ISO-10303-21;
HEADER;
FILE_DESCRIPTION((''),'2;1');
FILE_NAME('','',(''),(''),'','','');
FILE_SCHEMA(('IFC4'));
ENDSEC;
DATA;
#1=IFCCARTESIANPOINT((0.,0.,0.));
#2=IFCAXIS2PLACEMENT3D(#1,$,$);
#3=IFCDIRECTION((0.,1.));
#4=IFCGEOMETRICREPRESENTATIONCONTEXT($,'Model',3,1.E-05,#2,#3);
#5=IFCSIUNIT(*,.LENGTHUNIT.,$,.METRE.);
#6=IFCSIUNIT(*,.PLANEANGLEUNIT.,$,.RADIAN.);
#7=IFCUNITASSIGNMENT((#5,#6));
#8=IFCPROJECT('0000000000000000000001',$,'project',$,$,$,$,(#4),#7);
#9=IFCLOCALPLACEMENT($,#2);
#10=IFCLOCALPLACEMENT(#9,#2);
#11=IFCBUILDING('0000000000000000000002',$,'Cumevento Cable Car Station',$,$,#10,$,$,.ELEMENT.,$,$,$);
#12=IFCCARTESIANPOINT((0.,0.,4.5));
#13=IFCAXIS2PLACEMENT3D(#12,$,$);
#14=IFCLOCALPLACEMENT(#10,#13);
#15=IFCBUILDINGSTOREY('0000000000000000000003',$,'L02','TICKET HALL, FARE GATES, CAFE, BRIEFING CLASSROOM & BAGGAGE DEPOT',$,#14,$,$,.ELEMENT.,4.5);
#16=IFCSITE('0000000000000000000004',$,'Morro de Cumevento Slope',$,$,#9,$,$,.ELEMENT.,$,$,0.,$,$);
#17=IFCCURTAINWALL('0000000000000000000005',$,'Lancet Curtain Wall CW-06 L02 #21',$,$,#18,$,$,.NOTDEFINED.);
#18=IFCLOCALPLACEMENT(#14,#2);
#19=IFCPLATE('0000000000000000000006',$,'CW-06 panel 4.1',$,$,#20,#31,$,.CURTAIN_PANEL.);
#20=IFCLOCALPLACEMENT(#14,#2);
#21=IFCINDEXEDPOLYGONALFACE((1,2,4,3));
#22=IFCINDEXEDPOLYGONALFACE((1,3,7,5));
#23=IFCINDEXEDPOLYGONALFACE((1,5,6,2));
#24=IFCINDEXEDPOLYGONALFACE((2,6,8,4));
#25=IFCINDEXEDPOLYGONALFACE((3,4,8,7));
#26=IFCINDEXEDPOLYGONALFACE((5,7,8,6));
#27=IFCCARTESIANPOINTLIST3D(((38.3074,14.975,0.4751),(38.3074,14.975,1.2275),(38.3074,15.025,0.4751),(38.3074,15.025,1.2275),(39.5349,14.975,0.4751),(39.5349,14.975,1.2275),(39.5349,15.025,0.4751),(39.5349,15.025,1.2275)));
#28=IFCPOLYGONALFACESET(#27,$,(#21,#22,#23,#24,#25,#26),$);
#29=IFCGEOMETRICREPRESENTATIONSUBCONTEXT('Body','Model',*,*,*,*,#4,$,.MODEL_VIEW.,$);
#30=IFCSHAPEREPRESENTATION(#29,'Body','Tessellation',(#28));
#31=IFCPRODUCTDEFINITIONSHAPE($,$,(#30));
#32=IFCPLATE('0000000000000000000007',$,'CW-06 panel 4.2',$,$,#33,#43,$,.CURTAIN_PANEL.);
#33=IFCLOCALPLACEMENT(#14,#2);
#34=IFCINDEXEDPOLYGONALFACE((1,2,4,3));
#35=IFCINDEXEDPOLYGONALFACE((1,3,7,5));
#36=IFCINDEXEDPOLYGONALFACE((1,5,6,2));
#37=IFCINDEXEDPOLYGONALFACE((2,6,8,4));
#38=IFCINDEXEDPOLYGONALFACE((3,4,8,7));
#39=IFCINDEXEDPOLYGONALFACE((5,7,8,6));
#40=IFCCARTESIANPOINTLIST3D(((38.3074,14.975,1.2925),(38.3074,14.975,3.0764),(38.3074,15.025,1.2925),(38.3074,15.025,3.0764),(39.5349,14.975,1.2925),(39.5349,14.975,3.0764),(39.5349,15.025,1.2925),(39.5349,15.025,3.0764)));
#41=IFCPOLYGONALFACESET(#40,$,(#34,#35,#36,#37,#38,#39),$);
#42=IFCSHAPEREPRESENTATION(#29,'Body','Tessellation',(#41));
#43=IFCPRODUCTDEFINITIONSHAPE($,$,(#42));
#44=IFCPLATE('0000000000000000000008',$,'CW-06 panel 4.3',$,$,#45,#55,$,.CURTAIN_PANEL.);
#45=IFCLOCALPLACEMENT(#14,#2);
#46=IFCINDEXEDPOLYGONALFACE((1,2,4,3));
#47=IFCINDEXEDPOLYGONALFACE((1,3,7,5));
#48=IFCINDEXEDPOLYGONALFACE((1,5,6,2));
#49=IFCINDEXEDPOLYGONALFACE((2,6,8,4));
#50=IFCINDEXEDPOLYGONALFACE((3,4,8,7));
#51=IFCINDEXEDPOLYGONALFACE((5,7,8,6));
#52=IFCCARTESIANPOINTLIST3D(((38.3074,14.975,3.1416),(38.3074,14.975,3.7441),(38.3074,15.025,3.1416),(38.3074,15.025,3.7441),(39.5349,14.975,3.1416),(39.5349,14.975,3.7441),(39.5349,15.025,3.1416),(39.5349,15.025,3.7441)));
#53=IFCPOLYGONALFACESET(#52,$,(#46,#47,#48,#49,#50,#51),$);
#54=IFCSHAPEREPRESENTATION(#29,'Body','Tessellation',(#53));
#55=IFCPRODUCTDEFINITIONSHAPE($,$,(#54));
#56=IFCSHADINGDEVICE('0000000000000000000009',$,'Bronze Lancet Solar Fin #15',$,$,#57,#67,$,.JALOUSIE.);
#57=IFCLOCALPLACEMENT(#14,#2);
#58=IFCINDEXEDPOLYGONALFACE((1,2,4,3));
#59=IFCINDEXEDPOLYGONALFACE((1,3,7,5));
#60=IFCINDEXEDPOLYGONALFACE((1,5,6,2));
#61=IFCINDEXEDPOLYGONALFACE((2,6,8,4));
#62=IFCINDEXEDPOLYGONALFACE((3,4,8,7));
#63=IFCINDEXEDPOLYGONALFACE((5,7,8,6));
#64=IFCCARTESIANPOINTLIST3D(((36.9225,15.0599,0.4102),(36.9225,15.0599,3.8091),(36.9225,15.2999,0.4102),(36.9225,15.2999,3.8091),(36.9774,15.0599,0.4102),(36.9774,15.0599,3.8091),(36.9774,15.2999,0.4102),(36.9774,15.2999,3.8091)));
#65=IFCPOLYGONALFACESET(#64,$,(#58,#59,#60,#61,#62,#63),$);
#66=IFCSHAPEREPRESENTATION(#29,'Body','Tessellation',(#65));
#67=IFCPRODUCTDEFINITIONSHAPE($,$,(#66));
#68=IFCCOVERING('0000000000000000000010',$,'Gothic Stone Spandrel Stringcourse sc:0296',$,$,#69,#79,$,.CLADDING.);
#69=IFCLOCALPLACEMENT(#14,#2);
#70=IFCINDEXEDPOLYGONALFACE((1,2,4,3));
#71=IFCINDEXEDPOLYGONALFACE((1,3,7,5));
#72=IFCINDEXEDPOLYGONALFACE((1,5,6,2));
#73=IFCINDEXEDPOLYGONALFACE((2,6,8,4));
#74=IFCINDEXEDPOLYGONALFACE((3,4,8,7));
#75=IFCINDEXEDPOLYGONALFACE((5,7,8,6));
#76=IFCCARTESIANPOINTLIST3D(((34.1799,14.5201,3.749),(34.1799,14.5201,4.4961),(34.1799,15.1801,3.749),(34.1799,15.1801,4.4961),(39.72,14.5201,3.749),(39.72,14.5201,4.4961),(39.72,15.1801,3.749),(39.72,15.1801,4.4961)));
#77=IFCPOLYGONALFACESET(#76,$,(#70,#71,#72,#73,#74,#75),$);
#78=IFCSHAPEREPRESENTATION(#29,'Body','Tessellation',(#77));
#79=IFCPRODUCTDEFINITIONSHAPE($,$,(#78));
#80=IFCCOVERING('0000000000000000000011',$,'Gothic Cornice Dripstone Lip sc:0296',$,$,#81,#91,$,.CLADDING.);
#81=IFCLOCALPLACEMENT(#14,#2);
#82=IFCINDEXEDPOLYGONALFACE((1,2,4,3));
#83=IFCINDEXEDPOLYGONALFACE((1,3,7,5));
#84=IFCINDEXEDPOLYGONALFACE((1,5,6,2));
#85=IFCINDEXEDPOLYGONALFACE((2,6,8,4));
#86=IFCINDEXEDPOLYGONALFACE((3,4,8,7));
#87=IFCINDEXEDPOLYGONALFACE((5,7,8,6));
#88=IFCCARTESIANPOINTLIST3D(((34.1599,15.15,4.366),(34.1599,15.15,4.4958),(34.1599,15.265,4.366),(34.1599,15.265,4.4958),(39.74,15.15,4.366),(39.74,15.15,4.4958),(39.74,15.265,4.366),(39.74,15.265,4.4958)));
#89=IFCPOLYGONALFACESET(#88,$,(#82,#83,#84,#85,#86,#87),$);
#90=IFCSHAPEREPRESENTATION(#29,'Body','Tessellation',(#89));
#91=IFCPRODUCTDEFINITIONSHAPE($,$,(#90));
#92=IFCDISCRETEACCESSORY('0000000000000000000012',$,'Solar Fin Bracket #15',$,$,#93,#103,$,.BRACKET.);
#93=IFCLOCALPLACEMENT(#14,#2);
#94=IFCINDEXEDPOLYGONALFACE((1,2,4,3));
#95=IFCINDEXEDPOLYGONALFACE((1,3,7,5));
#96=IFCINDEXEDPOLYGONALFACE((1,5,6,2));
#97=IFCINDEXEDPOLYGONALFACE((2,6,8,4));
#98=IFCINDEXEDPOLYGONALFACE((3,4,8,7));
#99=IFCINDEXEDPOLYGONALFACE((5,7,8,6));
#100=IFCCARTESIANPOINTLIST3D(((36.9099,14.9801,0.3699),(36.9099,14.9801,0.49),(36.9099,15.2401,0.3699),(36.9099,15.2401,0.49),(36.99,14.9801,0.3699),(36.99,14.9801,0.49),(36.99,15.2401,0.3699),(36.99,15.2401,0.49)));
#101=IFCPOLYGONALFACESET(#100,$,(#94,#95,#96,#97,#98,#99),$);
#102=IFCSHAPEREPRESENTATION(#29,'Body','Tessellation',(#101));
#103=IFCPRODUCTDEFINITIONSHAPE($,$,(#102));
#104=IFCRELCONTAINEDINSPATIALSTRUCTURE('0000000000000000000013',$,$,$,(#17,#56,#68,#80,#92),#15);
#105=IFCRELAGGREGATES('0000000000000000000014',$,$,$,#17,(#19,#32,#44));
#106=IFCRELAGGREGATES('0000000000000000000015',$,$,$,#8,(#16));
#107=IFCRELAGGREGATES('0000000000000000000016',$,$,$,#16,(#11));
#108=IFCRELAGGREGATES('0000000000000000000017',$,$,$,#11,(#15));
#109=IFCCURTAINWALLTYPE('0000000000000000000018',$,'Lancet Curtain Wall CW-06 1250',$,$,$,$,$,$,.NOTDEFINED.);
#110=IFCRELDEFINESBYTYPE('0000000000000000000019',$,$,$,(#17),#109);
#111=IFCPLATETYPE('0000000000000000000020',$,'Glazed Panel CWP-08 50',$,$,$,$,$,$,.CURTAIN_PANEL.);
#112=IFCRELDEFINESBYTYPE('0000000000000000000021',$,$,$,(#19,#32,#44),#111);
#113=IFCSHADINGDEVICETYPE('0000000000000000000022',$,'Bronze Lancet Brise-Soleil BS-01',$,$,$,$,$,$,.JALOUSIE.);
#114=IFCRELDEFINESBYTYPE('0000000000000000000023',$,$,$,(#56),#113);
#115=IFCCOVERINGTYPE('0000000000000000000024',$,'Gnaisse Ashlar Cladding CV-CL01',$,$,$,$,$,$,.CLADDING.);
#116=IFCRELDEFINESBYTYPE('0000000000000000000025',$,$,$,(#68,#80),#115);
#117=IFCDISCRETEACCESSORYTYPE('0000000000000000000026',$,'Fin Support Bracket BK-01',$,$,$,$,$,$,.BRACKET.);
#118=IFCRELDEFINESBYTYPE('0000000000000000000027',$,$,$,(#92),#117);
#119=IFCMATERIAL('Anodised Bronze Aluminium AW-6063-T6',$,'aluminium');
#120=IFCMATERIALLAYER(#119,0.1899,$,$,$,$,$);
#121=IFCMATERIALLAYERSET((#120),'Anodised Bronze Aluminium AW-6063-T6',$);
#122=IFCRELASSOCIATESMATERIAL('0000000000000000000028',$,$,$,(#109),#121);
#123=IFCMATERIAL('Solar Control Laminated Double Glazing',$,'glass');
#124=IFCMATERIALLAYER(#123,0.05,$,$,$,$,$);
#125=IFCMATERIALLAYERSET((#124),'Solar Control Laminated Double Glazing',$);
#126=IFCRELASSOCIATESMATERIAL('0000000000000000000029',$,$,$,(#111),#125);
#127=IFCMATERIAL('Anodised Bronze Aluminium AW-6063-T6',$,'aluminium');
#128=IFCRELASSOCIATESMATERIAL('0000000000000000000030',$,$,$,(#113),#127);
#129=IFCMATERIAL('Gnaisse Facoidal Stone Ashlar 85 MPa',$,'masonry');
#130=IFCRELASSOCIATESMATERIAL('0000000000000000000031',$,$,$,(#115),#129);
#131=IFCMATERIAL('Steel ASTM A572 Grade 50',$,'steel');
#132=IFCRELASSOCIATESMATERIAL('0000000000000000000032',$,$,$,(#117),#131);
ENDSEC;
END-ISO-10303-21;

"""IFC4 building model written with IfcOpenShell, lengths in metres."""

from ifc_helpers import new_model, si_unit, direction, frame, origin, origin_2d, place, context, subcontext, project, spatial, rectangle, extrude, material, layer, layer_set, type_object, element, aggregate, save


model = new_model("IFC4")

# Units and contexts
model_context = context("Model", 3, precision=1e-05, world=origin(), true_north=direction((0.0, 1.0)))
body_context = subcontext(model_context, "Body", "Model", "MODEL_VIEW")
ifc_project = project(units=[si_unit("LENGTHUNIT", "METRE"), si_unit("PLANEANGLEUNIT", "RADIAN")], contexts=[model_context])

# Site, building, storey
site_placement = place(None, origin())
site = spatial("IfcSite", under=ifc_project, at=site_placement, Name="Morro de Cumevento Slope", CompositionType="ELEMENT", RefElevation=0.0)
building_placement = place(site_placement, origin())
building = spatial("IfcBuilding", under=site, at=building_placement, Name="Cumevento Cable Car Station", CompositionType="ELEMENT")
storey_placement = place(building_placement, frame((0.0, 0.0, 4.5)))
storey = spatial("IfcBuildingStorey", under=building, at=storey_placement, Name="L02", Description="TICKET HALL, FARE GATES, CAFE, BRIEFING CLASSROOM & BAGGAGE DEPOT", CompositionType="ELEMENT", Elevation=4.5)

# Curtain wall, plates
ifc_material_1 = material(Name="Anodised Bronze Aluminium AW-6063-T6", Category="aluminium")
ifc_layer_1 = layer(ifc_material_1, 0.1899)
ifc_layer_set_1 = layer_set([ifc_layer_1], Name="Anodised Bronze Aluminium AW-6063-T6")
curtain_wall_type = type_object("IfcCurtainWallType", Name="Lancet Curtain Wall CW-06 1250", PredefinedType="NOTDEFINED", material=ifc_layer_set_1)
curtain_wall_placement = place(storey_placement, origin())
curtain_wall = element("IfcCurtainWall", 1, at=curtain_wall_placement, inside=storey, type_object=curtain_wall_type, Name="Lancet Curtain Wall CW-06 L02 #21", PredefinedType="NOTDEFINED")
ifc_material_2 = material(Name="Solar Control Laminated Double Glazing", Category="glass")
ifc_layer_2 = layer(ifc_material_2, 0.05)
ifc_layer_set_2 = layer_set([ifc_layer_2], Name="Solar Control Laminated Double Glazing")
plate_type = type_object("IfcPlateType", Name="Glazed Panel CWP-08 50", PredefinedType="CURTAIN_PANEL", material=ifc_layer_set_2)
plate_1_placement = place(storey_placement, frame((38.9211, 15.0, 0.4751), z_axis=(0.0, 0.0, 1.0), x_axis=(1.0, 0.0, 0.0)))
plate_1 = element("IfcPlate", 2, at=plate_1_placement, type_object=plate_type, Name="CW-06 panel 4.1", PredefinedType="CURTAIN_PANEL", context=body_context, shape_type="SweptSolid", body=[
    extrude(rectangle(XDim=1.2275, YDim=0.05, at=origin_2d()), origin(), (0.0, 0.0, 1.0), 0.7524),
])
plate_2_placement = place(storey_placement, frame((38.9211, 15.0, 1.2925), z_axis=(0.0, 0.0, 1.0), x_axis=(1.0, 0.0, 0.0)))
plate_2 = element("IfcPlate", 3, at=plate_2_placement, type_object=plate_type, Name="CW-06 panel 4.2", PredefinedType="CURTAIN_PANEL", context=body_context, shape_type="SweptSolid", body=[
    extrude(rectangle(XDim=1.2275, YDim=0.05, at=origin_2d()), origin(), (0.0, 0.0, 1.0), 1.7839),
])
plate_3_placement = place(storey_placement, frame((38.9211, 15.0, 3.1416), z_axis=(0.0, 0.0, 1.0), x_axis=(1.0, 0.0, 0.0)))
plate_3 = element("IfcPlate", 4, at=plate_3_placement, type_object=plate_type, Name="CW-06 panel 4.3", PredefinedType="CURTAIN_PANEL", context=body_context, shape_type="SweptSolid", body=[
    extrude(rectangle(XDim=1.2275, YDim=0.05, at=origin_2d()), origin(), (0.0, 0.0, 1.0), 0.6025),
])
aggregate(curtain_wall, [plate_1, plate_2, plate_3])

# Shading device
ifc_material_3 = material(Name="Anodised Bronze Aluminium AW-6063-T6", Category="aluminium")
shading_device_type = type_object("IfcShadingDeviceType", Name="Bronze Lancet Brise-Soleil BS-01", PredefinedType="JALOUSIE", material=ifc_material_3)
shading_device_placement = place(storey_placement, frame((36.95, 15.1799, 0.4102), z_axis=(0.0, 0.0, 1.0), x_axis=(1.0, 0.0, 0.0)))
element("IfcShadingDevice", 5, at=shading_device_placement, inside=storey, type_object=shading_device_type, Name="Bronze Lancet Solar Fin #15", PredefinedType="JALOUSIE", context=body_context, shape_type="SweptSolid", body=[
    extrude(rectangle(XDim=0.0549, YDim=0.24, at=origin_2d()), origin(), (0.0, 0.0, 1.0), 3.3989),
])

# Coverings
ifc_material_4 = material(Name="Gnaisse Facoidal Stone Ashlar 85 MPa", Category="masonry")
covering_type = type_object("IfcCoveringType", Name="Gnaisse Ashlar Cladding CV-CL01", PredefinedType="CLADDING", material=ifc_material_4)
covering_1_placement = place(storey_placement, frame((36.95, 14.8501, 3.749), z_axis=(0.0, 0.0, 1.0), x_axis=(1.0, 0.0, 0.0)))
element("IfcCovering", 6, at=covering_1_placement, inside=storey, type_object=covering_type, Name="Gothic Stone Spandrel Stringcourse sc:0296", PredefinedType="CLADDING", context=body_context, shape_type="SweptSolid", body=[
    extrude(rectangle(XDim=5.54, YDim=0.6599, at=origin_2d()), origin(), (0.0, 0.0, 1.0), 0.7471),
])
covering_2_placement = place(storey_placement, frame((36.95, 15.2075, 4.366), z_axis=(0.0, 0.0, 1.0), x_axis=(1.0, 0.0, 0.0)))
element("IfcCovering", 7, at=covering_2_placement, inside=storey, type_object=covering_type, Name="Gothic Cornice Dripstone Lip sc:0296", PredefinedType="CLADDING", context=body_context, shape_type="SweptSolid", body=[
    extrude(rectangle(XDim=5.5801, YDim=0.115, at=origin_2d()), origin(), (0.0, 0.0, 1.0), 0.1299),
])

# Discrete accessory
ifc_material_5 = material(Name="Steel ASTM A572 Grade 50", Category="steel")
discrete_accessory_type = type_object("IfcDiscreteAccessoryType", Name="Fin Support Bracket BK-01", PredefinedType="BRACKET", material=ifc_material_5)
discrete_accessory_placement = place(storey_placement, frame((36.95, 15.1101, 0.3699), z_axis=(0.0, 0.0, 1.0), x_axis=(1.0, 0.0, 0.0)))
element("IfcDiscreteAccessory", 8, at=discrete_accessory_placement, inside=storey, type_object=discrete_accessory_type, Name="Solar Fin Bracket #15", PredefinedType="BRACKET", context=body_context, shape_type="SweptSolid", body=[
    extrude(rectangle(XDim=0.0801, YDim=0.26, at=origin_2d()), origin(), (0.0, 0.0, 1.0), 0.1201),
])

save(model, "model.ifc")
